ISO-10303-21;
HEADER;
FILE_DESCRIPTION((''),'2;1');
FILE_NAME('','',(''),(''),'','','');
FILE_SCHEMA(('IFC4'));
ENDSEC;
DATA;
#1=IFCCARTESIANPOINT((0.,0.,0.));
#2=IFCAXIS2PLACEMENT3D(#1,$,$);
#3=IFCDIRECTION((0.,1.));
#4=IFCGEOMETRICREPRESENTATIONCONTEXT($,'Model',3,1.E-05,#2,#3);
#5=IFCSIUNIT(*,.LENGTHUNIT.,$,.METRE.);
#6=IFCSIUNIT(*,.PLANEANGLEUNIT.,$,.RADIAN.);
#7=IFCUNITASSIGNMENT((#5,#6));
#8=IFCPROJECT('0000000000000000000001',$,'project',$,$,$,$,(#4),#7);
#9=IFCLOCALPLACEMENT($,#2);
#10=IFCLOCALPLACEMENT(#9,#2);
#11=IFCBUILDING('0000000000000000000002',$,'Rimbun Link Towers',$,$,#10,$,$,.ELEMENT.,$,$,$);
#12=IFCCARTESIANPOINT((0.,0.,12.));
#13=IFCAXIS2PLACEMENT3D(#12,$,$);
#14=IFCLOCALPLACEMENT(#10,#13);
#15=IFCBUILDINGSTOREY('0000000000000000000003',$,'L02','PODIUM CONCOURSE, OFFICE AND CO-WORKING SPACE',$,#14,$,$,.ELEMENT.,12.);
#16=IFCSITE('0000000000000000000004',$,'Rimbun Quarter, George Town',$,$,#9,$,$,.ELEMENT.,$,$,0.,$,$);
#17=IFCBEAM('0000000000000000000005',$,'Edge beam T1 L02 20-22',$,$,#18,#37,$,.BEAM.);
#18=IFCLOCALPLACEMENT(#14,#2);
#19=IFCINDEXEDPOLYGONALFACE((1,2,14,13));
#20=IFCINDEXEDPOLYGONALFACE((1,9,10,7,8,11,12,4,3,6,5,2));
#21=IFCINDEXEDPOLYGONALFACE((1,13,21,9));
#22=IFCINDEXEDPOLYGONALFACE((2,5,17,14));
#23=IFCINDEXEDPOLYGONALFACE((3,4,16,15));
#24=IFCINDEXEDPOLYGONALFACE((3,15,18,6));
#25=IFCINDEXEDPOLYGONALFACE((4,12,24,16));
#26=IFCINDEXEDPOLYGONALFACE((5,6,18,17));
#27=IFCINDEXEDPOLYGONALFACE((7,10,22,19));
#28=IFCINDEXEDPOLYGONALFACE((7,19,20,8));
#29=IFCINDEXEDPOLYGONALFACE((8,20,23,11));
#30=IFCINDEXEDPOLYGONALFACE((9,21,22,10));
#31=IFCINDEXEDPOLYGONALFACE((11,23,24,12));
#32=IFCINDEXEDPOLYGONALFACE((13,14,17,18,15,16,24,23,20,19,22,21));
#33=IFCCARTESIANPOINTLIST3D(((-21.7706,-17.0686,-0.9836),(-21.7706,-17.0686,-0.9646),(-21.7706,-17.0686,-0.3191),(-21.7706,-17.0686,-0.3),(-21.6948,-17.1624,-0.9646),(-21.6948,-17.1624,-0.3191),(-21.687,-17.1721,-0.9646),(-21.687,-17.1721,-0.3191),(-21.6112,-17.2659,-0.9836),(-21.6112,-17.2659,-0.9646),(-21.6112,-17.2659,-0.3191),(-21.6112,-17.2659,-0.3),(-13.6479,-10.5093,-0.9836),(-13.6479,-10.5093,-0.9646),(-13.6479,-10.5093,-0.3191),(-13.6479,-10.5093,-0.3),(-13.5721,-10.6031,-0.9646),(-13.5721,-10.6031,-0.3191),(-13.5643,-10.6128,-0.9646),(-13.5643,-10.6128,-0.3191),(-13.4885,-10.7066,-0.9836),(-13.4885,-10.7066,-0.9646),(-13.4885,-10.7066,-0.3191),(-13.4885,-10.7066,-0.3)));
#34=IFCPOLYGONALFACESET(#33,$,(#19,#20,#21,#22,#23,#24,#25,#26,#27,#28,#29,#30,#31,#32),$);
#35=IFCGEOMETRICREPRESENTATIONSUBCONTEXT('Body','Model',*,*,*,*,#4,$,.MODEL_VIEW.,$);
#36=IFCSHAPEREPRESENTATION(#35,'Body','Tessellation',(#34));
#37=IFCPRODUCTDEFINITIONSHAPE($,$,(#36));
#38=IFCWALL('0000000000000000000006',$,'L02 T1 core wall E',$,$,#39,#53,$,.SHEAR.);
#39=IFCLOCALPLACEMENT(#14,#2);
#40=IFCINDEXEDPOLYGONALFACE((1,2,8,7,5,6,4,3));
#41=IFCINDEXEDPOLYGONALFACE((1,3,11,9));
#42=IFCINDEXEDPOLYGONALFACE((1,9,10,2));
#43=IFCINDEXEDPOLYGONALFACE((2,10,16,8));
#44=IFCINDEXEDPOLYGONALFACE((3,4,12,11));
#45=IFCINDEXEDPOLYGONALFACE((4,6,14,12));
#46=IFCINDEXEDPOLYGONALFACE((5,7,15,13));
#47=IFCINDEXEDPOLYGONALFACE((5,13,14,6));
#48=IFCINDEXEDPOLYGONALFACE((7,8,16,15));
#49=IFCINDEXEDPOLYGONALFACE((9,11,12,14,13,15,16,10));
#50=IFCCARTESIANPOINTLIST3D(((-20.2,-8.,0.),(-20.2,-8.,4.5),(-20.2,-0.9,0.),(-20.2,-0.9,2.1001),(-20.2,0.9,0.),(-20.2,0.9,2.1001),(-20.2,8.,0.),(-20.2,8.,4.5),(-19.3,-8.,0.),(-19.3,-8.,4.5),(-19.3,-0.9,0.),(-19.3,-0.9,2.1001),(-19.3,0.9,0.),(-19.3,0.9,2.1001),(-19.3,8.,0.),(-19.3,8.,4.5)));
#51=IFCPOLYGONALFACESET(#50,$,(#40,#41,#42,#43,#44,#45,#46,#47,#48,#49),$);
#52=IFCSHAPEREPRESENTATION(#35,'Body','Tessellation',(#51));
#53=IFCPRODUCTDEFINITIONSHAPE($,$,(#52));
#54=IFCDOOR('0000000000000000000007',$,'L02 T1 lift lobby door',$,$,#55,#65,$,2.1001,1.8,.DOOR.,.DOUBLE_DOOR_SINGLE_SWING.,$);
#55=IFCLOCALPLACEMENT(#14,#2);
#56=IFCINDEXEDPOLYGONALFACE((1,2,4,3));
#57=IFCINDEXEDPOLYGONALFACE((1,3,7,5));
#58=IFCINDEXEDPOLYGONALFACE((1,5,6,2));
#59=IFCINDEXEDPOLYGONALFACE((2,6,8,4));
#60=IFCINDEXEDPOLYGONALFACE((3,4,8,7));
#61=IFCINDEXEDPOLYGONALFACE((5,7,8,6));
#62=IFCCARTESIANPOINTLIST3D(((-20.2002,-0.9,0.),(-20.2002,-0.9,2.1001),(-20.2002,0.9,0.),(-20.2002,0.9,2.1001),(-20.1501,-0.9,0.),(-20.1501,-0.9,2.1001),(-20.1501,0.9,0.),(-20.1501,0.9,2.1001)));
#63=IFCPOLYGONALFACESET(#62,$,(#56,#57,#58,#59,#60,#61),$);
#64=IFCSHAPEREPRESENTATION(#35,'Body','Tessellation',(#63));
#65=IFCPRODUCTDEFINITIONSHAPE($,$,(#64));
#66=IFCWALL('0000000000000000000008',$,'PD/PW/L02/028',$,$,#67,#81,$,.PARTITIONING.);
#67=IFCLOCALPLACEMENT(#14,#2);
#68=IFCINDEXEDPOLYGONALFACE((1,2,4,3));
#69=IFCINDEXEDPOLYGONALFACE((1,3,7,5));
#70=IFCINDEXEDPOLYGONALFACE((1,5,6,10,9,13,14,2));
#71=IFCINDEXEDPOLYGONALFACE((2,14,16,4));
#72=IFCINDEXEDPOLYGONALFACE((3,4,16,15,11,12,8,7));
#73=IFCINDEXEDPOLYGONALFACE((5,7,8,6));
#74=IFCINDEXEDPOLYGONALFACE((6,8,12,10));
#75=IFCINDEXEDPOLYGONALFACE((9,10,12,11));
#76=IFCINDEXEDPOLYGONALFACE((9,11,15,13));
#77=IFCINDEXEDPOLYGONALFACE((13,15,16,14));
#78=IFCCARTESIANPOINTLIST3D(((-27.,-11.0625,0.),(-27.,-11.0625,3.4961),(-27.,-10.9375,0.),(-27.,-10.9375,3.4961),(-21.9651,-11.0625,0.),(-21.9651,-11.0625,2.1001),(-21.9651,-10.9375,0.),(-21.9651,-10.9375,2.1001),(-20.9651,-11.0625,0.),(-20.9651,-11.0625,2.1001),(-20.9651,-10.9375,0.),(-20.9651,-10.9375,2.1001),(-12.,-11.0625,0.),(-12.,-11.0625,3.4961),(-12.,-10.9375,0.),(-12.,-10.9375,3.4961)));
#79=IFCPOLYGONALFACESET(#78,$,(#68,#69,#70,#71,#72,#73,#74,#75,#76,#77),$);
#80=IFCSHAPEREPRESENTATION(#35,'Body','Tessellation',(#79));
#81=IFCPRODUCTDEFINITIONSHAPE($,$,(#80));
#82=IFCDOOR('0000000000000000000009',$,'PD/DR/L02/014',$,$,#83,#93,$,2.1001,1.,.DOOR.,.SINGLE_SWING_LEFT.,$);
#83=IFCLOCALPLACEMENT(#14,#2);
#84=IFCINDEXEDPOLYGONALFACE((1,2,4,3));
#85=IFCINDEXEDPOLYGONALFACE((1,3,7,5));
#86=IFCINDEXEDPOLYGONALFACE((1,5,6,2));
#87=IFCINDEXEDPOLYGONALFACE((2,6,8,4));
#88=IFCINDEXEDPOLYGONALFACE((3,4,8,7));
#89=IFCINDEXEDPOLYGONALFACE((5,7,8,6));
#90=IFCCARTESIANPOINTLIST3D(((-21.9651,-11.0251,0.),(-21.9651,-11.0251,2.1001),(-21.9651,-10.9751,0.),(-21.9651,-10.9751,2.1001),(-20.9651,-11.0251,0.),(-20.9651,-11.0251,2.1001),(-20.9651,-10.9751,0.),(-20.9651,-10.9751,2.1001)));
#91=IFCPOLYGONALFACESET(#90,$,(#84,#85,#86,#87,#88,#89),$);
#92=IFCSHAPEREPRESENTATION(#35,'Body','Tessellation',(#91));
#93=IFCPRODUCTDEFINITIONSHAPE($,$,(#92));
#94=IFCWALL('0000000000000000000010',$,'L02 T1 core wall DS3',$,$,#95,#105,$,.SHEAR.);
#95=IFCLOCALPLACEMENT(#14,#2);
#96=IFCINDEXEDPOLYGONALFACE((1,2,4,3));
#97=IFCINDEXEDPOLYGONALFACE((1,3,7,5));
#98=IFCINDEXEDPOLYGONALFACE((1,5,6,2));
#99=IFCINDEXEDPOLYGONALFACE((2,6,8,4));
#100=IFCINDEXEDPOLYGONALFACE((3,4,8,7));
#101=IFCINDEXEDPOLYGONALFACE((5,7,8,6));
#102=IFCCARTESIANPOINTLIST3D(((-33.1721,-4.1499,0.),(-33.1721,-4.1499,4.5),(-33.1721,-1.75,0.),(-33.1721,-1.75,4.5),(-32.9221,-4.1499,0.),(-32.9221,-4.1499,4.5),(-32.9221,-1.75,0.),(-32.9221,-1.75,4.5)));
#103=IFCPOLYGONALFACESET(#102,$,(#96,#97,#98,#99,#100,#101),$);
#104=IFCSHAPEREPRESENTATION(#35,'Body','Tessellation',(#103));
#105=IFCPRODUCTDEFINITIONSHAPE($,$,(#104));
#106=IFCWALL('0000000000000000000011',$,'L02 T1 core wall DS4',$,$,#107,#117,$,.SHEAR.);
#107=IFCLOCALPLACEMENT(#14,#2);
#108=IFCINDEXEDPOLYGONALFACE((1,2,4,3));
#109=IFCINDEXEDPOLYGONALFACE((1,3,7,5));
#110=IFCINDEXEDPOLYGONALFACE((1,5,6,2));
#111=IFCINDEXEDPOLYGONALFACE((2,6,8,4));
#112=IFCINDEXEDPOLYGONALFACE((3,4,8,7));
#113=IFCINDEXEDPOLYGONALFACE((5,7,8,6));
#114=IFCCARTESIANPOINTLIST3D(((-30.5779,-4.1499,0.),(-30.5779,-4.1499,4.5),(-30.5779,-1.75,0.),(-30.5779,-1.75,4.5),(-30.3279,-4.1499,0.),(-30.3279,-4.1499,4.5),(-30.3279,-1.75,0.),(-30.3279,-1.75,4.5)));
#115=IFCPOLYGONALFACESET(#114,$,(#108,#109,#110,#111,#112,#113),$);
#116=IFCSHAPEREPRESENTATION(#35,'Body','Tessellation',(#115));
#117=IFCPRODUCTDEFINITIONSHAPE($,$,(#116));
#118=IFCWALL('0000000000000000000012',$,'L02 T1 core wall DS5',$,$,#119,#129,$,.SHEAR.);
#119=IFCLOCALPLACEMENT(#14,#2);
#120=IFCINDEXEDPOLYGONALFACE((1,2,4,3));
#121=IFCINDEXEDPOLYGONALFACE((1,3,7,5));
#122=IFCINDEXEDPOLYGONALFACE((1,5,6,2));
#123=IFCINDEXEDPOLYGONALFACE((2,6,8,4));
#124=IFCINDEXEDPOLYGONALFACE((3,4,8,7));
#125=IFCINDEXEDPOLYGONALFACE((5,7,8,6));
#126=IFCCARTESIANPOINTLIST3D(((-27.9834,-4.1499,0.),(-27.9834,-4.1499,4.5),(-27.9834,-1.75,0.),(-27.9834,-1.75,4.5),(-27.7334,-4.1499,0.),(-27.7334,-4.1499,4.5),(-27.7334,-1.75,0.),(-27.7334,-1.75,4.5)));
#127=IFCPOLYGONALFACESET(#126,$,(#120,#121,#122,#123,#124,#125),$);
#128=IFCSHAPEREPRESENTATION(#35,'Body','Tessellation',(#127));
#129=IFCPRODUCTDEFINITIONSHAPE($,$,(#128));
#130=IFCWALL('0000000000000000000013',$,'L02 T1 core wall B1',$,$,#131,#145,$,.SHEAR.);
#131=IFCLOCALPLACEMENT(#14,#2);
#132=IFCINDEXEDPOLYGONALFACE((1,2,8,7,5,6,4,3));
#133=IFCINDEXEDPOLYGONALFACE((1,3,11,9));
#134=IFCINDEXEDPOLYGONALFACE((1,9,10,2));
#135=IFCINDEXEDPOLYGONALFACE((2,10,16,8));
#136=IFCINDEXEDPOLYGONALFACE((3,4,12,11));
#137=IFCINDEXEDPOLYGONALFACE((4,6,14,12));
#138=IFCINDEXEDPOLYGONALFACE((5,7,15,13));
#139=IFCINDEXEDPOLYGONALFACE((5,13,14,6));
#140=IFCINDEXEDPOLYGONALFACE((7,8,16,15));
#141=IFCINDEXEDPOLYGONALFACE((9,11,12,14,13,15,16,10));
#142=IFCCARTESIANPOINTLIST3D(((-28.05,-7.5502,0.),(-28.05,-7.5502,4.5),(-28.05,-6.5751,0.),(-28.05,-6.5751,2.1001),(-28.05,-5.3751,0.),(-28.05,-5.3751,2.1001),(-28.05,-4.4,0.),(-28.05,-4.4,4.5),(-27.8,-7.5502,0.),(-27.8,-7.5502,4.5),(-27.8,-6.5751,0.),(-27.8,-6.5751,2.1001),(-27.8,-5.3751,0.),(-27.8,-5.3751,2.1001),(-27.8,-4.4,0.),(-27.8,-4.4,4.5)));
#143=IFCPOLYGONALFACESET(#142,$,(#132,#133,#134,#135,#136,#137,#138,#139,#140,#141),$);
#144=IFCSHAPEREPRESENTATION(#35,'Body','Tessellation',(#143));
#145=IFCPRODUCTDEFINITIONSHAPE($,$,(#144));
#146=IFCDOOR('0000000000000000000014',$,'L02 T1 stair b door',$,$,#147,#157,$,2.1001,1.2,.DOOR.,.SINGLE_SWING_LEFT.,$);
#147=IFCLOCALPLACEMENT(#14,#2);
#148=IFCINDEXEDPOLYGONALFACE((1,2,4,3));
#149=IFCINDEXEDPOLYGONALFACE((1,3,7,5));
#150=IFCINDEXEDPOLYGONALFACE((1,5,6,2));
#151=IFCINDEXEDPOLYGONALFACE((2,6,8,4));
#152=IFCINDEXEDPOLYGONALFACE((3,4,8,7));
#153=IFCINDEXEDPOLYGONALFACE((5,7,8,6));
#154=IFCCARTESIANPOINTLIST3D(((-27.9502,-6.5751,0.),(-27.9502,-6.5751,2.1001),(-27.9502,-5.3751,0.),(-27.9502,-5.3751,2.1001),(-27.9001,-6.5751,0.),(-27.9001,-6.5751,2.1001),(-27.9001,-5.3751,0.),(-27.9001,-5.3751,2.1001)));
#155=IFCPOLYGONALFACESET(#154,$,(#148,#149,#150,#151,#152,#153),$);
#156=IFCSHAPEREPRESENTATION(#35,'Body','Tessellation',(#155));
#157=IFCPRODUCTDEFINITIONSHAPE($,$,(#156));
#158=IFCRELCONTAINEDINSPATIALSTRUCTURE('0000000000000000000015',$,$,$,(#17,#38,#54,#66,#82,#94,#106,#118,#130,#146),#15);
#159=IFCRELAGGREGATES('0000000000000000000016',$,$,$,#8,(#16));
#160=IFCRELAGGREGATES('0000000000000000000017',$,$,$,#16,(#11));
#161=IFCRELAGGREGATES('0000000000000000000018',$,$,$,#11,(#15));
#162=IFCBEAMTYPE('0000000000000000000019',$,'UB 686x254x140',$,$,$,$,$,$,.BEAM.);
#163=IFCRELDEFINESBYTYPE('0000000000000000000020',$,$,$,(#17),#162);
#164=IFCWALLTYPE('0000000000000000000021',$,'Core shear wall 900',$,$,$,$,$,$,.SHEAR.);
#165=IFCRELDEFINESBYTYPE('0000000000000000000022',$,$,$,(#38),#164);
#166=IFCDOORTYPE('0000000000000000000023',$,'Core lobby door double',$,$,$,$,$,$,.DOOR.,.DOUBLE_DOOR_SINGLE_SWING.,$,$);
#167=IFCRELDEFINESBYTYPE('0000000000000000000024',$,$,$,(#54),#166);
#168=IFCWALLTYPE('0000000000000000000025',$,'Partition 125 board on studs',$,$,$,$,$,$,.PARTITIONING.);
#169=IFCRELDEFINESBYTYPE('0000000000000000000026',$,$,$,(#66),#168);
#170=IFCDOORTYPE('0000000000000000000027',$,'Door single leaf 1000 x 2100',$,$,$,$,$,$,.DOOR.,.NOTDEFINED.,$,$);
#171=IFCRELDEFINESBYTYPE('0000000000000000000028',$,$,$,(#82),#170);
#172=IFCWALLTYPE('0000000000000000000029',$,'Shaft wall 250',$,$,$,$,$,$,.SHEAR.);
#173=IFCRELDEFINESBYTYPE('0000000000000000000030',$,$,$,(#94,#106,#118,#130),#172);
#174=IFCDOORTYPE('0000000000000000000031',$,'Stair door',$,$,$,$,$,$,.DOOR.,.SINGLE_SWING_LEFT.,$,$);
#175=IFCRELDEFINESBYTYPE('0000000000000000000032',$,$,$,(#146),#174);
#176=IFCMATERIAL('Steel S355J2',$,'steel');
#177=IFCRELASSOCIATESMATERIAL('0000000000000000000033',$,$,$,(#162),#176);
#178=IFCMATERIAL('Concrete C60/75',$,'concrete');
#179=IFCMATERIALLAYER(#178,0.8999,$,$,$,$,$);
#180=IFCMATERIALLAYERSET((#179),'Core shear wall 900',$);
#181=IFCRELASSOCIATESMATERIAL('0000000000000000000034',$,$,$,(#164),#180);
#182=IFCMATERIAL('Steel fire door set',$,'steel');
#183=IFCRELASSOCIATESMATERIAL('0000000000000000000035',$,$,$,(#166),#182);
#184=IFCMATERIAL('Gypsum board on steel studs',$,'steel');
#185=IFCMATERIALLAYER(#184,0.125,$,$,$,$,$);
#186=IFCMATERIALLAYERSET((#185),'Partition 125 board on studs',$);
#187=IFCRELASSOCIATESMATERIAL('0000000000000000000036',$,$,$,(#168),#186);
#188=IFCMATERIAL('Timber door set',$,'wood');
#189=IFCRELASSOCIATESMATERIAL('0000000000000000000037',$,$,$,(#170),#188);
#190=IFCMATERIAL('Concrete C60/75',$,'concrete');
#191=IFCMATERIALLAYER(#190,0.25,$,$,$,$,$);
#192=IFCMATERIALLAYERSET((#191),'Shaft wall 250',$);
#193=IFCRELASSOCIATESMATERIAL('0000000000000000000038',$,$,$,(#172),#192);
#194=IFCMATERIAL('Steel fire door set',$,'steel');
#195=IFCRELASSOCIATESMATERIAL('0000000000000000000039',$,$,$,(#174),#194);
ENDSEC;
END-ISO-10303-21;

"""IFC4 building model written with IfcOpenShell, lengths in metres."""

from ifc_helpers import new_model, si_unit, direction, frame, frame_2d, origin, origin_2d, place, context, subcontext, project, spatial, rectangle, i_section, extrude, material, layer, layer_set, material_profile, profile_set, type_object, element, fill, save


model = new_model("IFC4")

# Units and contexts
model_context = context("Model", 3, precision=1e-05, world=origin(), true_north=direction((0.0, 1.0)))
body_context = subcontext(model_context, "Body", "Model", "MODEL_VIEW")
ifc_project = project(units=[si_unit("LENGTHUNIT", "METRE"), si_unit("PLANEANGLEUNIT", "RADIAN")], contexts=[model_context])

# Site, building, storey
site_placement = place(None, origin())
site = spatial("IfcSite", under=ifc_project, at=site_placement, Name="Rimbun Quarter, George Town", CompositionType="ELEMENT", RefElevation=0.0)
building_placement = place(site_placement, origin())
building = spatial("IfcBuilding", under=site, at=building_placement, Name="Rimbun Link Towers", CompositionType="ELEMENT")
storey_placement = place(building_placement, frame((0.0, 0.0, 12.0)))
storey = spatial("IfcBuildingStorey", under=building, at=storey_placement, Name="L02", Description="PODIUM CONCOURSE, OFFICE AND CO-WORKING SPACE", CompositionType="ELEMENT", Elevation=12.0)

# Beam
ifc_material_1 = material(Name="Steel S355J2", Category="steel")
ifc_material_profile_1 = material_profile(ifc_material_1, i_section(OverallWidth=0.2537, OverallDepth=0.6836, WebThickness=0.0125, FlangeThickness=0.019, at=origin_2d()), Name="UB 686x254x140")
ifc_profile_set_1 = profile_set([ifc_material_profile_1], Name="Steel S355J2")
beam_type_1 = type_object("IfcBeamType", Name="UB 686x254x140", PredefinedType="BEAM", material=ifc_profile_set_1)
beam_1_placement = place(storey_placement, frame((-21.6909, -17.1672, -0.6418), z_axis=(0.778007, 0.628256, 0.0), x_axis=(-0.628256, 0.778007, 0.0)))
element("IfcBeam", 1, at=beam_1_placement, inside=storey, type_object=beam_type_1, Name="Edge beam T1 L02 20-22", PredefinedType="BEAM", context=body_context, shape_type="SweptSolid", body=[
    extrude(i_section(OverallWidth=0.2537, OverallDepth=0.6836, WebThickness=0.0125, FlangeThickness=0.019, at=origin_2d()), origin(), (0.0, 0.0, 1.0), 10.4404),
])

# Walls, openings, doors
ifc_material_2 = material(Name="Concrete C60/75", Category="concrete")
ifc_layer_1 = layer(ifc_material_2, 0.8999)
ifc_layer_set_1 = layer_set([ifc_layer_1], Name="Core shear wall 900")
wall_type_1 = type_object("IfcWallType", Name="Core shear wall 900", PredefinedType="SHEAR", material=ifc_layer_set_1)
wall_1_placement = place(storey_placement, frame((-19.75, -8.0, 0.0), z_axis=(0.0, 0.0, 1.0), x_axis=(0.0, 1.0, 0.0)))
wall_1 = element("IfcWall", 2, at=wall_1_placement, inside=storey, type_object=wall_type_1, Name="L02 T1 core wall E", PredefinedType="SHEAR", context=body_context, shape_type="SweptSolid", body=[
    extrude(rectangle(XDim=16.0, YDim=0.8999, at=frame_2d((8.0, 0.0))), origin(), (0.0, 0.0, 1.0), 4.5),
])
opening_1_placement = place(wall_1_placement, frame((7.1001, 0.0, 0.0)))
opening_1 = element("IfcOpeningElement", 3, at=opening_1_placement, cuts=wall_1, PredefinedType="OPENING", context=body_context, shape_type="SweptSolid", body=[
    extrude(rectangle(XDim=1.8, YDim=2.1001, at=frame_2d((0.8999, 1.05))), frame((0.0, 0.46, 0.0), z_axis=(0.0, -1.0, 0.0), x_axis=(1.0, 0.0, 0.0)), (0.0, 0.0, 1.0), 0.9199),
])
ifc_material_3 = material(Name="Steel fire door set", Category="steel")
door_type_1 = type_object("IfcDoorType", Name="Core lobby door double", OperationType="DOUBLE_DOOR_SINGLE_SWING", PredefinedType="DOOR", material=ifc_material_3)
door_1_placement = place(opening_1_placement, origin())
door_1 = element("IfcDoor", 4, at=door_1_placement, inside=storey, type_object=door_type_1, Name="L02 T1 lift lobby door", OperationType="DOUBLE_DOOR_SINGLE_SWING", OverallHeight=2.1001, OverallWidth=1.8, PredefinedType="DOOR", context=body_context, shape_type="SweptSolid", body=[
    extrude(rectangle(XDim=1.8, YDim=2.1001, at=frame_2d((0.8999, 1.05))), frame((0.0, 0.4502, 0.0), z_axis=(0.0, -1.0, 0.0), x_axis=(1.0, 0.0, 0.0)), (0.0, 0.0, 1.0), 0.05),
])
fill(opening_1, door_1)
ifc_material_4 = material(Name="Gypsum board on steel studs", Category="steel")
ifc_layer_2 = layer(ifc_material_4, 0.125)
ifc_layer_set_2 = layer_set([ifc_layer_2], Name="Partition 125 board on studs")
wall_type_2 = type_object("IfcWallType", Name="Partition 125 board on studs", PredefinedType="PARTITIONING", material=ifc_layer_set_2)
wall_2_placement = place(storey_placement, frame((-27.0, -11.0, 0.0), z_axis=(0.0, 0.0, 1.0), x_axis=(1.0, 0.0, 0.0)))
wall_2 = element("IfcWall", 5, at=wall_2_placement, inside=storey, type_object=wall_type_2, Name="PD/PW/L02/028", PredefinedType="PARTITIONING", context=body_context, shape_type="SweptSolid", body=[
    extrude(rectangle(XDim=15.0, YDim=0.125, at=frame_2d((7.5, 0.0))), origin(), (0.0, 0.0, 1.0), 3.4961),
])
opening_2_placement = place(wall_2_placement, frame((5.0349, 0.0, 0.0)))
opening_2 = element("IfcOpeningElement", 6, at=opening_2_placement, cuts=wall_2, PredefinedType="OPENING", context=body_context, shape_type="SweptSolid", body=[
    extrude(rectangle(XDim=1.0, YDim=2.1001, at=frame_2d((0.5, 1.05))), frame((0.0, 0.0725, 0.0), z_axis=(0.0, -1.0, 0.0), x_axis=(1.0, 0.0, 0.0)), (0.0, 0.0, 1.0), 0.145),
])
ifc_material_5 = material(Name="Timber door set", Category="wood")
door_type_2 = type_object("IfcDoorType", Name="Door single leaf 1000 x 2100", OperationType="NOTDEFINED", PredefinedType="DOOR", material=ifc_material_5)
door_2_placement = place(opening_2_placement, origin())
door_2 = element("IfcDoor", 7, at=door_2_placement, inside=storey, type_object=door_type_2, Name="PD/DR/L02/014", OperationType="SINGLE_SWING_LEFT", OverallHeight=2.1001, OverallWidth=1.0, PredefinedType="DOOR", context=body_context, shape_type="SweptSolid", body=[
    extrude(rectangle(XDim=1.0, YDim=2.1001, at=frame_2d((0.5, 1.05))), frame((0.0, 0.0249, 0.0), z_axis=(0.0, -1.0, 0.0), x_axis=(1.0, 0.0, 0.0)), (0.0, 0.0, 1.0), 0.05),
])
fill(opening_2, door_2)

# Walls
ifc_material_6 = material(Name="Concrete C60/75", Category="concrete")
ifc_layer_3 = layer(ifc_material_6, 0.25)
ifc_layer_set_3 = layer_set([ifc_layer_3], Name="Shaft wall 250")
wall_type_3 = type_object("IfcWallType", Name="Shaft wall 250", PredefinedType="SHEAR", material=ifc_layer_set_3)
for number, where, z_axis, x_axis, name in (
    (8, (-33.0471, -4.1499, 0.0), (0.0, 0.0, 1.0), (0.0, 1.0, 0.0), "L02 T1 core wall DS3"),
    (9, (-30.4529, -4.1499, 0.0), (0.0, 0.0, 1.0), (0.0, 1.0, 0.0), "L02 T1 core wall DS4"),
    (10, (-27.8584, -4.1499, 0.0), (0.0, 0.0, 1.0), (0.0, 1.0, 0.0), "L02 T1 core wall DS5"),
):
    element("IfcWall", number, at=place(storey_placement, frame(where, z_axis=z_axis, x_axis=x_axis)), inside=storey, type_object=wall_type_3, Name=name, PredefinedType="SHEAR", context=body_context, shape_type="SweptSolid", body=[
        extrude(rectangle(XDim=2.3999, YDim=0.25, at=frame_2d((1.2, 0.0))), origin(), (0.0, 0.0, 1.0), 4.5),
    ])

# Wall, opening, door
wall_3_placement = place(storey_placement, frame((-27.925, -4.3999, 0.0), z_axis=(0.0, 0.0, 1.0), x_axis=(0.0, -1.0, 0.0)))
wall_3 = element("IfcWall", 11, at=wall_3_placement, inside=storey, type_object=wall_type_3, Name="L02 T1 core wall B1", PredefinedType="SHEAR", context=body_context, shape_type="SweptSolid", body=[
    extrude(rectangle(XDim=3.1501, YDim=0.25, at=frame_2d((1.5752, 0.0))), origin(), (0.0, 0.0, 1.0), 4.5),
])
opening_3_placement = place(wall_3_placement, frame((0.9751, 0.0, 0.0)))
opening_3 = element("IfcOpeningElement", 12, at=opening_3_placement, cuts=wall_3, PredefinedType="OPENING", context=body_context, shape_type="SweptSolid", body=[
    extrude(rectangle(XDim=1.2, YDim=2.1001, at=frame_2d((0.6001, 1.05))), frame((0.0, 0.135, 0.0), z_axis=(0.0, -1.0, 0.0), x_axis=(1.0, 0.0, 0.0)), (0.0, 0.0, 1.0), 0.27),
])
ifc_material_7 = material(Name="Steel fire door set", Category="steel")
door_type_3 = type_object("IfcDoorType", Name="Stair door", OperationType="SINGLE_SWING_LEFT", PredefinedType="DOOR", material=ifc_material_7)
door_3_placement = place(opening_3_placement, origin())
door_3 = element("IfcDoor", 13, at=door_3_placement, inside=storey, type_object=door_type_3, Name="L02 T1 stair b door", OperationType="SINGLE_SWING_LEFT", OverallHeight=2.1001, OverallWidth=1.2, PredefinedType="DOOR", context=body_context, shape_type="SweptSolid", body=[
    extrude(rectangle(XDim=1.2, YDim=2.1001, at=frame_2d((0.6001, 1.05))), frame((0.0, 0.0249, 0.0), z_axis=(0.0, -1.0, 0.0), x_axis=(1.0, 0.0, 0.0)), (0.0, 0.0, 1.0), 0.05),
])
fill(opening_3, door_3)

save(model, "model.ifc")
